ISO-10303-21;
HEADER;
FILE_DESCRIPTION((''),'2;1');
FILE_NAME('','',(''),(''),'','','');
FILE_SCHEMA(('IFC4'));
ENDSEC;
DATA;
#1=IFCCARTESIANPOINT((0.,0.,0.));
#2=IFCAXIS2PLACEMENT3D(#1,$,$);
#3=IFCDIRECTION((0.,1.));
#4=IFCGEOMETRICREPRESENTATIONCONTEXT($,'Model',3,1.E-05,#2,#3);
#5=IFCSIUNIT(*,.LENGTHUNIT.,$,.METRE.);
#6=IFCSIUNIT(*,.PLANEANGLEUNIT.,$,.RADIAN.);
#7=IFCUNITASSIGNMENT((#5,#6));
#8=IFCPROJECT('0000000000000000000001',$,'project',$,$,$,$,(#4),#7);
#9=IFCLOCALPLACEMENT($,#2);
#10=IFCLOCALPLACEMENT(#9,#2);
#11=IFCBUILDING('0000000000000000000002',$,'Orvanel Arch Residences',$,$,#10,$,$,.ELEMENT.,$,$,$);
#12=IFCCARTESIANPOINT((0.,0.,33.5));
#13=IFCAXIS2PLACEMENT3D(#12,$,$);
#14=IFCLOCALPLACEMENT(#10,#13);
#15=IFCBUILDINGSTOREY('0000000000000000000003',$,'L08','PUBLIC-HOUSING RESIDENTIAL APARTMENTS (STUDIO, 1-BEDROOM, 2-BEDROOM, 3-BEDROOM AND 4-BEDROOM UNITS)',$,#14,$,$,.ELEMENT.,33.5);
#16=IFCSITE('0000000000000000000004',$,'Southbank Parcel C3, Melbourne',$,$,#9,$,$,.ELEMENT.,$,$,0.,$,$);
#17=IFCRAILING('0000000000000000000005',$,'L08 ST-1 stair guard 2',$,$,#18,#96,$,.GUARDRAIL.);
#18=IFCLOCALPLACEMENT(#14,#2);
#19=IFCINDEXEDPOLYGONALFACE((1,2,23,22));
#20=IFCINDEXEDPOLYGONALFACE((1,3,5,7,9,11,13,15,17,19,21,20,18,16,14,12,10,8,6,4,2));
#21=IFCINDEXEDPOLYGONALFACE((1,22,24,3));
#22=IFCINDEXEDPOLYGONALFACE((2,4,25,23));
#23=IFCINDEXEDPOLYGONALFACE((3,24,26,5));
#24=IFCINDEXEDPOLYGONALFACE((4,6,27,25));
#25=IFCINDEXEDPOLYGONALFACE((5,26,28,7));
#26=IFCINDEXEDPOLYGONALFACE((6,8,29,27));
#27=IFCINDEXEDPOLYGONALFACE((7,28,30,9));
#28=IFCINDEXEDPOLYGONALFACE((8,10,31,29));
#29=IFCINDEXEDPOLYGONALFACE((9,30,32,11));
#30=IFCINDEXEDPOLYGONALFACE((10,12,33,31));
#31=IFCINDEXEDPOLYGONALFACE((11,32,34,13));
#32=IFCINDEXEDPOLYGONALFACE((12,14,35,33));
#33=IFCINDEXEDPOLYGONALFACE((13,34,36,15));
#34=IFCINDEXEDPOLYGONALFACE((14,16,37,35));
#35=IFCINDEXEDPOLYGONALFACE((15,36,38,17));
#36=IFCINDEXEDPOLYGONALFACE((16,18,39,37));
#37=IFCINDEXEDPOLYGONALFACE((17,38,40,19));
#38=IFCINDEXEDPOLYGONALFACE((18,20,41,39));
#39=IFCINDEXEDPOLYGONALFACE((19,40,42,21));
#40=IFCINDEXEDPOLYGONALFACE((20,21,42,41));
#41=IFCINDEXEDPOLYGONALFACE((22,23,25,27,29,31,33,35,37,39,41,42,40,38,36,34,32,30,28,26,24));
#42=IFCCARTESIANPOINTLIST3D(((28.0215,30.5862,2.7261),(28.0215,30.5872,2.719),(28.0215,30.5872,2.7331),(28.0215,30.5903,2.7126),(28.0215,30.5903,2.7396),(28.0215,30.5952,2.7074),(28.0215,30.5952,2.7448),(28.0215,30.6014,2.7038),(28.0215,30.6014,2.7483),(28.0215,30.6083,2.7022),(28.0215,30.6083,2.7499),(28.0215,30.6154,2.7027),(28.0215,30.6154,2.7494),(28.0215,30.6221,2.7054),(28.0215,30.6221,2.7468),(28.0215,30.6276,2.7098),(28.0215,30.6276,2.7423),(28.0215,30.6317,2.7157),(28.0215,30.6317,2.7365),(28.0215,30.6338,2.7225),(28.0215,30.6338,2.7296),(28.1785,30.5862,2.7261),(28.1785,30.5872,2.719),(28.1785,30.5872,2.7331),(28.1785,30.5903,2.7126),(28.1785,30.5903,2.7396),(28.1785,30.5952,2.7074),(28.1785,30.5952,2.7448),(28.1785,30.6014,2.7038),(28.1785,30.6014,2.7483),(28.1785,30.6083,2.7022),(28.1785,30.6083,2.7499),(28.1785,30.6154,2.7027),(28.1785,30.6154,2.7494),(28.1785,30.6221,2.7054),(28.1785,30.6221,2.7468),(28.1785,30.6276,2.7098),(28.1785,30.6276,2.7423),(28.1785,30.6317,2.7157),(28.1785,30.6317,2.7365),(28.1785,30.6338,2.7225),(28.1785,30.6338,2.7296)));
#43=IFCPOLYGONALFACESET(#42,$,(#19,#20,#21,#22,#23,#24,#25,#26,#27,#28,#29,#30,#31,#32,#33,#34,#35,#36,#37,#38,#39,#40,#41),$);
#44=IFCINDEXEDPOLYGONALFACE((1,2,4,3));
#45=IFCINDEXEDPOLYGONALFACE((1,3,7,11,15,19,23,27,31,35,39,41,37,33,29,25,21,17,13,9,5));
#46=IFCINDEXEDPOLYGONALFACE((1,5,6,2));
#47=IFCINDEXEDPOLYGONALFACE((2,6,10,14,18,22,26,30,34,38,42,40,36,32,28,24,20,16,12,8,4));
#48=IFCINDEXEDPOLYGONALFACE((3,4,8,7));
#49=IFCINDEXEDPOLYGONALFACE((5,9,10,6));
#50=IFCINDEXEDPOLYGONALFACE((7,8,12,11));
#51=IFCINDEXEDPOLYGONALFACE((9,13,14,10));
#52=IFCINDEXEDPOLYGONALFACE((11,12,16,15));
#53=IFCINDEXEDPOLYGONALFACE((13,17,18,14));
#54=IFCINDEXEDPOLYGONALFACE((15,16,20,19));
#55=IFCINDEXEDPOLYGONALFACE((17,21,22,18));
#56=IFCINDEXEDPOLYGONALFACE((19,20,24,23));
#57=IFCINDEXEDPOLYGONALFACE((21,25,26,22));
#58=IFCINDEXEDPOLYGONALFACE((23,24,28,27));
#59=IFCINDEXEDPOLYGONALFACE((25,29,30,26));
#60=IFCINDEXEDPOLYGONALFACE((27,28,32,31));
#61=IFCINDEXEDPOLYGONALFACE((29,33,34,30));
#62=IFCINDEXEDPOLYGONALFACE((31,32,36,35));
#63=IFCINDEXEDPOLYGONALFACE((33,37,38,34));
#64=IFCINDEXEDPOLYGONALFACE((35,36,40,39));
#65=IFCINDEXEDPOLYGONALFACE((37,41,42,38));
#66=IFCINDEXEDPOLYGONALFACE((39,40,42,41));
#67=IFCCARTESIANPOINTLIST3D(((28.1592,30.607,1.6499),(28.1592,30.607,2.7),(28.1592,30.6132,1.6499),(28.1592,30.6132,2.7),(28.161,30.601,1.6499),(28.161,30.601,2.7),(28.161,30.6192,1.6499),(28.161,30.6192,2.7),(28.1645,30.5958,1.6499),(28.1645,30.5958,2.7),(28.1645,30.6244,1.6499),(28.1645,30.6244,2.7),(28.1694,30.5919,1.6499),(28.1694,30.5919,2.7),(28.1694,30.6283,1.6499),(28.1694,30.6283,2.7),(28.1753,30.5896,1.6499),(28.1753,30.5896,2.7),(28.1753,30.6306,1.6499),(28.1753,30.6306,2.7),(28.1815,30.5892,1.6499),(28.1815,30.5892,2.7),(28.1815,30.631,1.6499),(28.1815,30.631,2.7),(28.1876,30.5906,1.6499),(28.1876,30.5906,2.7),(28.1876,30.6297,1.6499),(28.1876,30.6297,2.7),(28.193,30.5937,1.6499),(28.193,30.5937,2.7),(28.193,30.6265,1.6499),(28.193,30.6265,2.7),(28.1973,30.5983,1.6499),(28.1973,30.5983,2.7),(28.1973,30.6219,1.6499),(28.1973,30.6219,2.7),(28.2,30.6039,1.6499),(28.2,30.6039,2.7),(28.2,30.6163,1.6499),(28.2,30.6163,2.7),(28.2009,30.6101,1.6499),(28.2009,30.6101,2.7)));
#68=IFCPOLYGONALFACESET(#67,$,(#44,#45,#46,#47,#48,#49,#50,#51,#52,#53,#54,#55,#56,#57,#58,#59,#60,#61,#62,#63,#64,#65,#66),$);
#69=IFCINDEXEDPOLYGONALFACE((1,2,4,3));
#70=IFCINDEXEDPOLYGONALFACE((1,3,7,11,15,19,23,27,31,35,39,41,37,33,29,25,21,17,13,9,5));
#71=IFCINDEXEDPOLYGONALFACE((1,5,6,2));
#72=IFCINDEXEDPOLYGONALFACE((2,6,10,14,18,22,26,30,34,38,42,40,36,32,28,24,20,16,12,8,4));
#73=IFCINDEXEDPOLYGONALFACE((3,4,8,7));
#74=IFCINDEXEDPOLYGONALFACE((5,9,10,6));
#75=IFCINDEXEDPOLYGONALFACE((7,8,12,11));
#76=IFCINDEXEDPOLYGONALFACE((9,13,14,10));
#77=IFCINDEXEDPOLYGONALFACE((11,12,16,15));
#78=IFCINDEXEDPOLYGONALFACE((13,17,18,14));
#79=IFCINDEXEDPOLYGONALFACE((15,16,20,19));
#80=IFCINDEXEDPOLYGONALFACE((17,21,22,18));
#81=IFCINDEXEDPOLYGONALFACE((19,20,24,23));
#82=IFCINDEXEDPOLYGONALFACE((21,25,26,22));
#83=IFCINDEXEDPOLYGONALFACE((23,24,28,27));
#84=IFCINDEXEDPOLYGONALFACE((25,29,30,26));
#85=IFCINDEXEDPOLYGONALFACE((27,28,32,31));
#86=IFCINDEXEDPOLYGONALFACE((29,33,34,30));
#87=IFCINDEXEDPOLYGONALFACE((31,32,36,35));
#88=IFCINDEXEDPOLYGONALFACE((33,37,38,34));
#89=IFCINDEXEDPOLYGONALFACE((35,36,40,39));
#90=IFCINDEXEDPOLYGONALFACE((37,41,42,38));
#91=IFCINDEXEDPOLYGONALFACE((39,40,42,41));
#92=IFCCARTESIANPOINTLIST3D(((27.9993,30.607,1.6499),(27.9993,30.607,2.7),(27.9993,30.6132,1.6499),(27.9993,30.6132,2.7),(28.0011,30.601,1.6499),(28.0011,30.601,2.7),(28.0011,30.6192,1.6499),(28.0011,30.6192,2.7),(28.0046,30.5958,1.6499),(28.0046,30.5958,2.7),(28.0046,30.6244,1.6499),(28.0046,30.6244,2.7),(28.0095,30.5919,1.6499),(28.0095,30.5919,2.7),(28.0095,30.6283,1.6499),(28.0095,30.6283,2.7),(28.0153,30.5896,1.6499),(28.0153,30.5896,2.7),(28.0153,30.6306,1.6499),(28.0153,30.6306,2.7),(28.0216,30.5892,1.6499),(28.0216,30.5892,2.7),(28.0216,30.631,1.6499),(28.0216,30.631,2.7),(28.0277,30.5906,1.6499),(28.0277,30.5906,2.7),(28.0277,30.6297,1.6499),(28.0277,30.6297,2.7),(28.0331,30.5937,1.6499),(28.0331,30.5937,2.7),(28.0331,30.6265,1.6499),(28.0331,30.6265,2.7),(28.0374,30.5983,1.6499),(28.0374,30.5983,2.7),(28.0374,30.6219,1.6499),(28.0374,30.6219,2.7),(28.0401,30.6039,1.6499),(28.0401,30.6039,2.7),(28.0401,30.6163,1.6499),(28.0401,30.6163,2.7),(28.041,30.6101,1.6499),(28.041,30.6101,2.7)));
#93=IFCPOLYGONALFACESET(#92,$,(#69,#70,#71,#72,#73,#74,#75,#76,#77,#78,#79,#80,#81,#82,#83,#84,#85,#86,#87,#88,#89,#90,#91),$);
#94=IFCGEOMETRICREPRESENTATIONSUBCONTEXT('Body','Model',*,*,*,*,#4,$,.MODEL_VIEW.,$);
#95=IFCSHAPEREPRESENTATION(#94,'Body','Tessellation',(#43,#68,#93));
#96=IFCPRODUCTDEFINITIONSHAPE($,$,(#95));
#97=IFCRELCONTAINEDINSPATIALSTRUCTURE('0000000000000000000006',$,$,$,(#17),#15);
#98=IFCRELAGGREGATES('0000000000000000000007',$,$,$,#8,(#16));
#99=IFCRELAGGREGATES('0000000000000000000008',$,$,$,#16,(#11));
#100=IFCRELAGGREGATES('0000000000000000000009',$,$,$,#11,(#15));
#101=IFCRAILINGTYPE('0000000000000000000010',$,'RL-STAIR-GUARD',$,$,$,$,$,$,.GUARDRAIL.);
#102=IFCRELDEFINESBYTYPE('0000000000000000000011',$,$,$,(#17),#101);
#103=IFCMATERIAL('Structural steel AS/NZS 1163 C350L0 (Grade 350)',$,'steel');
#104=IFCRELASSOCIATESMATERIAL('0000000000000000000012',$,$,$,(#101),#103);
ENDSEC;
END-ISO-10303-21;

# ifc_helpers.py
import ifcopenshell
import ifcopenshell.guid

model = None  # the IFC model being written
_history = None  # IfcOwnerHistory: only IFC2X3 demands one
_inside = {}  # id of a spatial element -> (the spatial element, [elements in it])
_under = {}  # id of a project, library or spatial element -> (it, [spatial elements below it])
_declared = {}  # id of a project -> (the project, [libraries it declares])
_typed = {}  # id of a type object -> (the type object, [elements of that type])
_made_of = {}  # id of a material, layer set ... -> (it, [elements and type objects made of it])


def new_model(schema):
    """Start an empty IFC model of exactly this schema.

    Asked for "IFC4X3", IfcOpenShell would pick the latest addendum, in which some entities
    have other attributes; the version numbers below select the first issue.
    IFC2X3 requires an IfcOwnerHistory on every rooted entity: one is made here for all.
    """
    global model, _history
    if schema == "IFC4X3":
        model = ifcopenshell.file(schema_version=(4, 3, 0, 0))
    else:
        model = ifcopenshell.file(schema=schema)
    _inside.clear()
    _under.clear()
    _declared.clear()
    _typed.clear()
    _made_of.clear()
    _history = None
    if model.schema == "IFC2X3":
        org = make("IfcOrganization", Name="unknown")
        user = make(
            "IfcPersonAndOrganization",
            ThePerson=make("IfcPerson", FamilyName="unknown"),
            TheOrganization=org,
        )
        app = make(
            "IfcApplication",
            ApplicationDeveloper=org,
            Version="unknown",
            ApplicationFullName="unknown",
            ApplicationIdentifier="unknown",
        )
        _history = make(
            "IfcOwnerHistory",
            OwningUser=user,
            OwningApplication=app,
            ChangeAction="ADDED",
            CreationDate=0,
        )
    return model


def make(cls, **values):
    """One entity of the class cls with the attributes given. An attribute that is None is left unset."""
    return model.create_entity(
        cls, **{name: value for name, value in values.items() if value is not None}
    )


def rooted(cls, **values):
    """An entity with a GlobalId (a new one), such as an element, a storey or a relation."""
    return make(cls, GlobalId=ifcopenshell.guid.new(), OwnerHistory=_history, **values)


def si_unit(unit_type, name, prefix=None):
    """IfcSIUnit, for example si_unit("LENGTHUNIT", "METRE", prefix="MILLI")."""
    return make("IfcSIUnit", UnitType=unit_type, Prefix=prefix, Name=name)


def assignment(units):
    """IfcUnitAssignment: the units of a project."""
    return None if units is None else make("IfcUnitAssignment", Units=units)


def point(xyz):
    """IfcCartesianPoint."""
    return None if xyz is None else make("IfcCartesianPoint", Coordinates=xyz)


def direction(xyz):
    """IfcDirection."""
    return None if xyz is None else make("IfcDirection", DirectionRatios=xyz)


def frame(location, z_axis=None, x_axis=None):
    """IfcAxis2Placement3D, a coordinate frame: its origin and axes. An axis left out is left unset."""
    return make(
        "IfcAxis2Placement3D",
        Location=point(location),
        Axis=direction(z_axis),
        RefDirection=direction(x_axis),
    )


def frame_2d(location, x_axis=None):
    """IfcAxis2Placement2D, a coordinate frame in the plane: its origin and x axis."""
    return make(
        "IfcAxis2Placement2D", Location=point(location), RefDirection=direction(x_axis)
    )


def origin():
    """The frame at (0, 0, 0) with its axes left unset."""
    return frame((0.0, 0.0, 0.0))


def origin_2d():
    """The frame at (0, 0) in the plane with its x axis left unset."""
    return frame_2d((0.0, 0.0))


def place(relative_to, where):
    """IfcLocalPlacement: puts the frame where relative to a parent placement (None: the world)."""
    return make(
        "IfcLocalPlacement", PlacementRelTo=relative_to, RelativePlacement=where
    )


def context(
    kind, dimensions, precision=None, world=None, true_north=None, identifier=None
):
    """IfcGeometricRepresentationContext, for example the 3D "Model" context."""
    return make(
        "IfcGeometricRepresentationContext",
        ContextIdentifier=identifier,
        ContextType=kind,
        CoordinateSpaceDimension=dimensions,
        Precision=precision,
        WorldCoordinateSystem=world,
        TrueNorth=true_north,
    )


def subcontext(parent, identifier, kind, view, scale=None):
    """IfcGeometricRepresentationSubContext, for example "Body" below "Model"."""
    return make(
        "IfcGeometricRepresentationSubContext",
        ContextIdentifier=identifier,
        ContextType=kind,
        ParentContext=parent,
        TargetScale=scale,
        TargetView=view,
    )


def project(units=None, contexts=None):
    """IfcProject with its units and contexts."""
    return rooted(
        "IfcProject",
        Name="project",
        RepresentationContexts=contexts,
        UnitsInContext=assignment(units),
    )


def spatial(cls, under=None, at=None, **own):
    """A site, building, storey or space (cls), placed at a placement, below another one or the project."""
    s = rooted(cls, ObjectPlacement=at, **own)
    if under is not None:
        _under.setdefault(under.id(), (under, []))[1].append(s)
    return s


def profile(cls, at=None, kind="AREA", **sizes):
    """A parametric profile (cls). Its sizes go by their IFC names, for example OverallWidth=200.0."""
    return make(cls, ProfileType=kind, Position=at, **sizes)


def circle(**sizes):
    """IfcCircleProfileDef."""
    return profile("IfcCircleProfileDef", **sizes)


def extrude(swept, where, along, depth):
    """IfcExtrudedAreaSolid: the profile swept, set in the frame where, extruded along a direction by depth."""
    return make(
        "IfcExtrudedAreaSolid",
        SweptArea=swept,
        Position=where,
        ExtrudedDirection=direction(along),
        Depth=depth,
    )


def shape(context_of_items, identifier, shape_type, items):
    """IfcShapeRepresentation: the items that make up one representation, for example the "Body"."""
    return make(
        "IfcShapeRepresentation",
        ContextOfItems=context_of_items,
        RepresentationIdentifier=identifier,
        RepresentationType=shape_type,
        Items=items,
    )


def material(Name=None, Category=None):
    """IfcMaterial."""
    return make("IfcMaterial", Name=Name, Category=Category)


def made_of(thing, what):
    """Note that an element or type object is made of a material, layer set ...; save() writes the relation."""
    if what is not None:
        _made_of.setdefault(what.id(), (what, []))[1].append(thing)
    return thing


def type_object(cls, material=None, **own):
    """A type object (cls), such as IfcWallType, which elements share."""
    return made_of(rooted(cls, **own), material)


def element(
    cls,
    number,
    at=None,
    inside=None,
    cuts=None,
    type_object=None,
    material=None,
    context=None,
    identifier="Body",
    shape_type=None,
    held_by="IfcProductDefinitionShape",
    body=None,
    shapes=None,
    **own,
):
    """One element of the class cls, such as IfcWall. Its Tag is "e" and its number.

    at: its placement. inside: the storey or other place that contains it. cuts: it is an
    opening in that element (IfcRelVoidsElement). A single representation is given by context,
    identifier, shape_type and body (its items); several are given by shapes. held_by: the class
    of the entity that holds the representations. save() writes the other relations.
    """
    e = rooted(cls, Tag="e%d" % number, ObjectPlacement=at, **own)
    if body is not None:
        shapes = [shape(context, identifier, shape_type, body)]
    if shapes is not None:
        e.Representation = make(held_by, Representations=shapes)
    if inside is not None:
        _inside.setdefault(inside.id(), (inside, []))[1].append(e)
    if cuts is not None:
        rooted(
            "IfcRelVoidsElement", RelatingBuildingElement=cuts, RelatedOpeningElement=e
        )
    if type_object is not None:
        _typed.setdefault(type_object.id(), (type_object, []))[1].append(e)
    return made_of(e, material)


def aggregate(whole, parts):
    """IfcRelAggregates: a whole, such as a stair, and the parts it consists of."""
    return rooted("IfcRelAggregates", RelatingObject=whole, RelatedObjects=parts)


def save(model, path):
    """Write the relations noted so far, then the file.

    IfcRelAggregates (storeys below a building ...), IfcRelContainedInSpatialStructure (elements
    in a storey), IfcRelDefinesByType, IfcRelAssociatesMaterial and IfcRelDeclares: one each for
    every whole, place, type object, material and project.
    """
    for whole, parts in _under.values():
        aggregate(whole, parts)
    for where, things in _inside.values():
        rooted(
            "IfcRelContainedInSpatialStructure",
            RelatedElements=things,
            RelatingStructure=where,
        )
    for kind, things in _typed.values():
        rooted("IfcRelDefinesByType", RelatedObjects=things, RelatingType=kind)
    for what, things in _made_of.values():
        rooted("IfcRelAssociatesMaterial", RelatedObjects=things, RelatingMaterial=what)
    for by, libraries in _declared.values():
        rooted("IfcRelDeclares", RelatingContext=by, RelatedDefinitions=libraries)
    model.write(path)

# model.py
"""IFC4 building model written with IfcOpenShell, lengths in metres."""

from ifc_helpers import new_model, si_unit, direction, frame, origin, origin_2d, place, context, subcontext, project, spatial, circle, extrude, material, type_object, element, save


model = new_model("IFC4")

# Units and contexts
model_context = context("Model", 3, precision=1e-05, world=origin(), true_north=direction((0.0, 1.0)))
body_context = subcontext(model_context, "Body", "Model", "MODEL_VIEW")
ifc_project = project(units=[si_unit("LENGTHUNIT", "METRE"), si_unit("PLANEANGLEUNIT", "RADIAN")], contexts=[model_context])

# Site, building, storey
site_placement = place(None, origin())
site = spatial("IfcSite", under=ifc_project, at=site_placement, Name="Southbank Parcel C3, Melbourne", CompositionType="ELEMENT", RefElevation=0.0)
building_placement = place(site_placement, origin())
building = spatial("IfcBuilding", under=site, at=building_placement, Name="Orvanel Arch Residences", CompositionType="ELEMENT")
storey_placement = place(building_placement, frame((0.0, 0.0, 33.5)))
storey = spatial("IfcBuildingStorey", under=building, at=storey_placement, Name="L08", Description="PUBLIC-HOUSING RESIDENTIAL APARTMENTS (STUDIO, 1-BEDROOM, 2-BEDROOM, 3-BEDROOM AND 4-BEDROOM UNITS)", CompositionType="ELEMENT", Elevation=33.5)

# Railing
ifc_material_1 = material(Name="Structural steel AS/NZS 1163 C350L0 (Grade 350)", Category="steel")
railing_type_1 = type_object("IfcRailingType", Name="RL-STAIR-GUARD", PredefinedType="GUARDRAIL", material=ifc_material_1)
railing_1_placement = place(storey_placement, frame((28.1799, 30.6101, 1.6499)))
element("IfcRailing", 1, at=railing_1_placement, inside=storey, type_object=railing_type_1, Name="L08 ST-1 stair guard 2", PredefinedType="GUARDRAIL", context=body_context, shape_type="SweptSolid", body=[
    extrude(circle(Radius=0.0239, at=origin_2d()), frame((-0.0015, 0.0, 1.0762), z_axis=(-1.0, 0.0, 0.0), x_axis=(0.0, -1.0, 0.0)), (0.0, 0.0, 1.0), 0.157),
    extrude(circle(Radius=0.021, at=origin_2d()), origin(), (0.0, 0.0, 1.0), 1.05),
    extrude(circle(Radius=0.021, at=origin_2d()), frame((-0.1599, 0.0, 0.0)), (0.0, 0.0, 1.0), 1.05),
])

save(model, "model.ifc")
